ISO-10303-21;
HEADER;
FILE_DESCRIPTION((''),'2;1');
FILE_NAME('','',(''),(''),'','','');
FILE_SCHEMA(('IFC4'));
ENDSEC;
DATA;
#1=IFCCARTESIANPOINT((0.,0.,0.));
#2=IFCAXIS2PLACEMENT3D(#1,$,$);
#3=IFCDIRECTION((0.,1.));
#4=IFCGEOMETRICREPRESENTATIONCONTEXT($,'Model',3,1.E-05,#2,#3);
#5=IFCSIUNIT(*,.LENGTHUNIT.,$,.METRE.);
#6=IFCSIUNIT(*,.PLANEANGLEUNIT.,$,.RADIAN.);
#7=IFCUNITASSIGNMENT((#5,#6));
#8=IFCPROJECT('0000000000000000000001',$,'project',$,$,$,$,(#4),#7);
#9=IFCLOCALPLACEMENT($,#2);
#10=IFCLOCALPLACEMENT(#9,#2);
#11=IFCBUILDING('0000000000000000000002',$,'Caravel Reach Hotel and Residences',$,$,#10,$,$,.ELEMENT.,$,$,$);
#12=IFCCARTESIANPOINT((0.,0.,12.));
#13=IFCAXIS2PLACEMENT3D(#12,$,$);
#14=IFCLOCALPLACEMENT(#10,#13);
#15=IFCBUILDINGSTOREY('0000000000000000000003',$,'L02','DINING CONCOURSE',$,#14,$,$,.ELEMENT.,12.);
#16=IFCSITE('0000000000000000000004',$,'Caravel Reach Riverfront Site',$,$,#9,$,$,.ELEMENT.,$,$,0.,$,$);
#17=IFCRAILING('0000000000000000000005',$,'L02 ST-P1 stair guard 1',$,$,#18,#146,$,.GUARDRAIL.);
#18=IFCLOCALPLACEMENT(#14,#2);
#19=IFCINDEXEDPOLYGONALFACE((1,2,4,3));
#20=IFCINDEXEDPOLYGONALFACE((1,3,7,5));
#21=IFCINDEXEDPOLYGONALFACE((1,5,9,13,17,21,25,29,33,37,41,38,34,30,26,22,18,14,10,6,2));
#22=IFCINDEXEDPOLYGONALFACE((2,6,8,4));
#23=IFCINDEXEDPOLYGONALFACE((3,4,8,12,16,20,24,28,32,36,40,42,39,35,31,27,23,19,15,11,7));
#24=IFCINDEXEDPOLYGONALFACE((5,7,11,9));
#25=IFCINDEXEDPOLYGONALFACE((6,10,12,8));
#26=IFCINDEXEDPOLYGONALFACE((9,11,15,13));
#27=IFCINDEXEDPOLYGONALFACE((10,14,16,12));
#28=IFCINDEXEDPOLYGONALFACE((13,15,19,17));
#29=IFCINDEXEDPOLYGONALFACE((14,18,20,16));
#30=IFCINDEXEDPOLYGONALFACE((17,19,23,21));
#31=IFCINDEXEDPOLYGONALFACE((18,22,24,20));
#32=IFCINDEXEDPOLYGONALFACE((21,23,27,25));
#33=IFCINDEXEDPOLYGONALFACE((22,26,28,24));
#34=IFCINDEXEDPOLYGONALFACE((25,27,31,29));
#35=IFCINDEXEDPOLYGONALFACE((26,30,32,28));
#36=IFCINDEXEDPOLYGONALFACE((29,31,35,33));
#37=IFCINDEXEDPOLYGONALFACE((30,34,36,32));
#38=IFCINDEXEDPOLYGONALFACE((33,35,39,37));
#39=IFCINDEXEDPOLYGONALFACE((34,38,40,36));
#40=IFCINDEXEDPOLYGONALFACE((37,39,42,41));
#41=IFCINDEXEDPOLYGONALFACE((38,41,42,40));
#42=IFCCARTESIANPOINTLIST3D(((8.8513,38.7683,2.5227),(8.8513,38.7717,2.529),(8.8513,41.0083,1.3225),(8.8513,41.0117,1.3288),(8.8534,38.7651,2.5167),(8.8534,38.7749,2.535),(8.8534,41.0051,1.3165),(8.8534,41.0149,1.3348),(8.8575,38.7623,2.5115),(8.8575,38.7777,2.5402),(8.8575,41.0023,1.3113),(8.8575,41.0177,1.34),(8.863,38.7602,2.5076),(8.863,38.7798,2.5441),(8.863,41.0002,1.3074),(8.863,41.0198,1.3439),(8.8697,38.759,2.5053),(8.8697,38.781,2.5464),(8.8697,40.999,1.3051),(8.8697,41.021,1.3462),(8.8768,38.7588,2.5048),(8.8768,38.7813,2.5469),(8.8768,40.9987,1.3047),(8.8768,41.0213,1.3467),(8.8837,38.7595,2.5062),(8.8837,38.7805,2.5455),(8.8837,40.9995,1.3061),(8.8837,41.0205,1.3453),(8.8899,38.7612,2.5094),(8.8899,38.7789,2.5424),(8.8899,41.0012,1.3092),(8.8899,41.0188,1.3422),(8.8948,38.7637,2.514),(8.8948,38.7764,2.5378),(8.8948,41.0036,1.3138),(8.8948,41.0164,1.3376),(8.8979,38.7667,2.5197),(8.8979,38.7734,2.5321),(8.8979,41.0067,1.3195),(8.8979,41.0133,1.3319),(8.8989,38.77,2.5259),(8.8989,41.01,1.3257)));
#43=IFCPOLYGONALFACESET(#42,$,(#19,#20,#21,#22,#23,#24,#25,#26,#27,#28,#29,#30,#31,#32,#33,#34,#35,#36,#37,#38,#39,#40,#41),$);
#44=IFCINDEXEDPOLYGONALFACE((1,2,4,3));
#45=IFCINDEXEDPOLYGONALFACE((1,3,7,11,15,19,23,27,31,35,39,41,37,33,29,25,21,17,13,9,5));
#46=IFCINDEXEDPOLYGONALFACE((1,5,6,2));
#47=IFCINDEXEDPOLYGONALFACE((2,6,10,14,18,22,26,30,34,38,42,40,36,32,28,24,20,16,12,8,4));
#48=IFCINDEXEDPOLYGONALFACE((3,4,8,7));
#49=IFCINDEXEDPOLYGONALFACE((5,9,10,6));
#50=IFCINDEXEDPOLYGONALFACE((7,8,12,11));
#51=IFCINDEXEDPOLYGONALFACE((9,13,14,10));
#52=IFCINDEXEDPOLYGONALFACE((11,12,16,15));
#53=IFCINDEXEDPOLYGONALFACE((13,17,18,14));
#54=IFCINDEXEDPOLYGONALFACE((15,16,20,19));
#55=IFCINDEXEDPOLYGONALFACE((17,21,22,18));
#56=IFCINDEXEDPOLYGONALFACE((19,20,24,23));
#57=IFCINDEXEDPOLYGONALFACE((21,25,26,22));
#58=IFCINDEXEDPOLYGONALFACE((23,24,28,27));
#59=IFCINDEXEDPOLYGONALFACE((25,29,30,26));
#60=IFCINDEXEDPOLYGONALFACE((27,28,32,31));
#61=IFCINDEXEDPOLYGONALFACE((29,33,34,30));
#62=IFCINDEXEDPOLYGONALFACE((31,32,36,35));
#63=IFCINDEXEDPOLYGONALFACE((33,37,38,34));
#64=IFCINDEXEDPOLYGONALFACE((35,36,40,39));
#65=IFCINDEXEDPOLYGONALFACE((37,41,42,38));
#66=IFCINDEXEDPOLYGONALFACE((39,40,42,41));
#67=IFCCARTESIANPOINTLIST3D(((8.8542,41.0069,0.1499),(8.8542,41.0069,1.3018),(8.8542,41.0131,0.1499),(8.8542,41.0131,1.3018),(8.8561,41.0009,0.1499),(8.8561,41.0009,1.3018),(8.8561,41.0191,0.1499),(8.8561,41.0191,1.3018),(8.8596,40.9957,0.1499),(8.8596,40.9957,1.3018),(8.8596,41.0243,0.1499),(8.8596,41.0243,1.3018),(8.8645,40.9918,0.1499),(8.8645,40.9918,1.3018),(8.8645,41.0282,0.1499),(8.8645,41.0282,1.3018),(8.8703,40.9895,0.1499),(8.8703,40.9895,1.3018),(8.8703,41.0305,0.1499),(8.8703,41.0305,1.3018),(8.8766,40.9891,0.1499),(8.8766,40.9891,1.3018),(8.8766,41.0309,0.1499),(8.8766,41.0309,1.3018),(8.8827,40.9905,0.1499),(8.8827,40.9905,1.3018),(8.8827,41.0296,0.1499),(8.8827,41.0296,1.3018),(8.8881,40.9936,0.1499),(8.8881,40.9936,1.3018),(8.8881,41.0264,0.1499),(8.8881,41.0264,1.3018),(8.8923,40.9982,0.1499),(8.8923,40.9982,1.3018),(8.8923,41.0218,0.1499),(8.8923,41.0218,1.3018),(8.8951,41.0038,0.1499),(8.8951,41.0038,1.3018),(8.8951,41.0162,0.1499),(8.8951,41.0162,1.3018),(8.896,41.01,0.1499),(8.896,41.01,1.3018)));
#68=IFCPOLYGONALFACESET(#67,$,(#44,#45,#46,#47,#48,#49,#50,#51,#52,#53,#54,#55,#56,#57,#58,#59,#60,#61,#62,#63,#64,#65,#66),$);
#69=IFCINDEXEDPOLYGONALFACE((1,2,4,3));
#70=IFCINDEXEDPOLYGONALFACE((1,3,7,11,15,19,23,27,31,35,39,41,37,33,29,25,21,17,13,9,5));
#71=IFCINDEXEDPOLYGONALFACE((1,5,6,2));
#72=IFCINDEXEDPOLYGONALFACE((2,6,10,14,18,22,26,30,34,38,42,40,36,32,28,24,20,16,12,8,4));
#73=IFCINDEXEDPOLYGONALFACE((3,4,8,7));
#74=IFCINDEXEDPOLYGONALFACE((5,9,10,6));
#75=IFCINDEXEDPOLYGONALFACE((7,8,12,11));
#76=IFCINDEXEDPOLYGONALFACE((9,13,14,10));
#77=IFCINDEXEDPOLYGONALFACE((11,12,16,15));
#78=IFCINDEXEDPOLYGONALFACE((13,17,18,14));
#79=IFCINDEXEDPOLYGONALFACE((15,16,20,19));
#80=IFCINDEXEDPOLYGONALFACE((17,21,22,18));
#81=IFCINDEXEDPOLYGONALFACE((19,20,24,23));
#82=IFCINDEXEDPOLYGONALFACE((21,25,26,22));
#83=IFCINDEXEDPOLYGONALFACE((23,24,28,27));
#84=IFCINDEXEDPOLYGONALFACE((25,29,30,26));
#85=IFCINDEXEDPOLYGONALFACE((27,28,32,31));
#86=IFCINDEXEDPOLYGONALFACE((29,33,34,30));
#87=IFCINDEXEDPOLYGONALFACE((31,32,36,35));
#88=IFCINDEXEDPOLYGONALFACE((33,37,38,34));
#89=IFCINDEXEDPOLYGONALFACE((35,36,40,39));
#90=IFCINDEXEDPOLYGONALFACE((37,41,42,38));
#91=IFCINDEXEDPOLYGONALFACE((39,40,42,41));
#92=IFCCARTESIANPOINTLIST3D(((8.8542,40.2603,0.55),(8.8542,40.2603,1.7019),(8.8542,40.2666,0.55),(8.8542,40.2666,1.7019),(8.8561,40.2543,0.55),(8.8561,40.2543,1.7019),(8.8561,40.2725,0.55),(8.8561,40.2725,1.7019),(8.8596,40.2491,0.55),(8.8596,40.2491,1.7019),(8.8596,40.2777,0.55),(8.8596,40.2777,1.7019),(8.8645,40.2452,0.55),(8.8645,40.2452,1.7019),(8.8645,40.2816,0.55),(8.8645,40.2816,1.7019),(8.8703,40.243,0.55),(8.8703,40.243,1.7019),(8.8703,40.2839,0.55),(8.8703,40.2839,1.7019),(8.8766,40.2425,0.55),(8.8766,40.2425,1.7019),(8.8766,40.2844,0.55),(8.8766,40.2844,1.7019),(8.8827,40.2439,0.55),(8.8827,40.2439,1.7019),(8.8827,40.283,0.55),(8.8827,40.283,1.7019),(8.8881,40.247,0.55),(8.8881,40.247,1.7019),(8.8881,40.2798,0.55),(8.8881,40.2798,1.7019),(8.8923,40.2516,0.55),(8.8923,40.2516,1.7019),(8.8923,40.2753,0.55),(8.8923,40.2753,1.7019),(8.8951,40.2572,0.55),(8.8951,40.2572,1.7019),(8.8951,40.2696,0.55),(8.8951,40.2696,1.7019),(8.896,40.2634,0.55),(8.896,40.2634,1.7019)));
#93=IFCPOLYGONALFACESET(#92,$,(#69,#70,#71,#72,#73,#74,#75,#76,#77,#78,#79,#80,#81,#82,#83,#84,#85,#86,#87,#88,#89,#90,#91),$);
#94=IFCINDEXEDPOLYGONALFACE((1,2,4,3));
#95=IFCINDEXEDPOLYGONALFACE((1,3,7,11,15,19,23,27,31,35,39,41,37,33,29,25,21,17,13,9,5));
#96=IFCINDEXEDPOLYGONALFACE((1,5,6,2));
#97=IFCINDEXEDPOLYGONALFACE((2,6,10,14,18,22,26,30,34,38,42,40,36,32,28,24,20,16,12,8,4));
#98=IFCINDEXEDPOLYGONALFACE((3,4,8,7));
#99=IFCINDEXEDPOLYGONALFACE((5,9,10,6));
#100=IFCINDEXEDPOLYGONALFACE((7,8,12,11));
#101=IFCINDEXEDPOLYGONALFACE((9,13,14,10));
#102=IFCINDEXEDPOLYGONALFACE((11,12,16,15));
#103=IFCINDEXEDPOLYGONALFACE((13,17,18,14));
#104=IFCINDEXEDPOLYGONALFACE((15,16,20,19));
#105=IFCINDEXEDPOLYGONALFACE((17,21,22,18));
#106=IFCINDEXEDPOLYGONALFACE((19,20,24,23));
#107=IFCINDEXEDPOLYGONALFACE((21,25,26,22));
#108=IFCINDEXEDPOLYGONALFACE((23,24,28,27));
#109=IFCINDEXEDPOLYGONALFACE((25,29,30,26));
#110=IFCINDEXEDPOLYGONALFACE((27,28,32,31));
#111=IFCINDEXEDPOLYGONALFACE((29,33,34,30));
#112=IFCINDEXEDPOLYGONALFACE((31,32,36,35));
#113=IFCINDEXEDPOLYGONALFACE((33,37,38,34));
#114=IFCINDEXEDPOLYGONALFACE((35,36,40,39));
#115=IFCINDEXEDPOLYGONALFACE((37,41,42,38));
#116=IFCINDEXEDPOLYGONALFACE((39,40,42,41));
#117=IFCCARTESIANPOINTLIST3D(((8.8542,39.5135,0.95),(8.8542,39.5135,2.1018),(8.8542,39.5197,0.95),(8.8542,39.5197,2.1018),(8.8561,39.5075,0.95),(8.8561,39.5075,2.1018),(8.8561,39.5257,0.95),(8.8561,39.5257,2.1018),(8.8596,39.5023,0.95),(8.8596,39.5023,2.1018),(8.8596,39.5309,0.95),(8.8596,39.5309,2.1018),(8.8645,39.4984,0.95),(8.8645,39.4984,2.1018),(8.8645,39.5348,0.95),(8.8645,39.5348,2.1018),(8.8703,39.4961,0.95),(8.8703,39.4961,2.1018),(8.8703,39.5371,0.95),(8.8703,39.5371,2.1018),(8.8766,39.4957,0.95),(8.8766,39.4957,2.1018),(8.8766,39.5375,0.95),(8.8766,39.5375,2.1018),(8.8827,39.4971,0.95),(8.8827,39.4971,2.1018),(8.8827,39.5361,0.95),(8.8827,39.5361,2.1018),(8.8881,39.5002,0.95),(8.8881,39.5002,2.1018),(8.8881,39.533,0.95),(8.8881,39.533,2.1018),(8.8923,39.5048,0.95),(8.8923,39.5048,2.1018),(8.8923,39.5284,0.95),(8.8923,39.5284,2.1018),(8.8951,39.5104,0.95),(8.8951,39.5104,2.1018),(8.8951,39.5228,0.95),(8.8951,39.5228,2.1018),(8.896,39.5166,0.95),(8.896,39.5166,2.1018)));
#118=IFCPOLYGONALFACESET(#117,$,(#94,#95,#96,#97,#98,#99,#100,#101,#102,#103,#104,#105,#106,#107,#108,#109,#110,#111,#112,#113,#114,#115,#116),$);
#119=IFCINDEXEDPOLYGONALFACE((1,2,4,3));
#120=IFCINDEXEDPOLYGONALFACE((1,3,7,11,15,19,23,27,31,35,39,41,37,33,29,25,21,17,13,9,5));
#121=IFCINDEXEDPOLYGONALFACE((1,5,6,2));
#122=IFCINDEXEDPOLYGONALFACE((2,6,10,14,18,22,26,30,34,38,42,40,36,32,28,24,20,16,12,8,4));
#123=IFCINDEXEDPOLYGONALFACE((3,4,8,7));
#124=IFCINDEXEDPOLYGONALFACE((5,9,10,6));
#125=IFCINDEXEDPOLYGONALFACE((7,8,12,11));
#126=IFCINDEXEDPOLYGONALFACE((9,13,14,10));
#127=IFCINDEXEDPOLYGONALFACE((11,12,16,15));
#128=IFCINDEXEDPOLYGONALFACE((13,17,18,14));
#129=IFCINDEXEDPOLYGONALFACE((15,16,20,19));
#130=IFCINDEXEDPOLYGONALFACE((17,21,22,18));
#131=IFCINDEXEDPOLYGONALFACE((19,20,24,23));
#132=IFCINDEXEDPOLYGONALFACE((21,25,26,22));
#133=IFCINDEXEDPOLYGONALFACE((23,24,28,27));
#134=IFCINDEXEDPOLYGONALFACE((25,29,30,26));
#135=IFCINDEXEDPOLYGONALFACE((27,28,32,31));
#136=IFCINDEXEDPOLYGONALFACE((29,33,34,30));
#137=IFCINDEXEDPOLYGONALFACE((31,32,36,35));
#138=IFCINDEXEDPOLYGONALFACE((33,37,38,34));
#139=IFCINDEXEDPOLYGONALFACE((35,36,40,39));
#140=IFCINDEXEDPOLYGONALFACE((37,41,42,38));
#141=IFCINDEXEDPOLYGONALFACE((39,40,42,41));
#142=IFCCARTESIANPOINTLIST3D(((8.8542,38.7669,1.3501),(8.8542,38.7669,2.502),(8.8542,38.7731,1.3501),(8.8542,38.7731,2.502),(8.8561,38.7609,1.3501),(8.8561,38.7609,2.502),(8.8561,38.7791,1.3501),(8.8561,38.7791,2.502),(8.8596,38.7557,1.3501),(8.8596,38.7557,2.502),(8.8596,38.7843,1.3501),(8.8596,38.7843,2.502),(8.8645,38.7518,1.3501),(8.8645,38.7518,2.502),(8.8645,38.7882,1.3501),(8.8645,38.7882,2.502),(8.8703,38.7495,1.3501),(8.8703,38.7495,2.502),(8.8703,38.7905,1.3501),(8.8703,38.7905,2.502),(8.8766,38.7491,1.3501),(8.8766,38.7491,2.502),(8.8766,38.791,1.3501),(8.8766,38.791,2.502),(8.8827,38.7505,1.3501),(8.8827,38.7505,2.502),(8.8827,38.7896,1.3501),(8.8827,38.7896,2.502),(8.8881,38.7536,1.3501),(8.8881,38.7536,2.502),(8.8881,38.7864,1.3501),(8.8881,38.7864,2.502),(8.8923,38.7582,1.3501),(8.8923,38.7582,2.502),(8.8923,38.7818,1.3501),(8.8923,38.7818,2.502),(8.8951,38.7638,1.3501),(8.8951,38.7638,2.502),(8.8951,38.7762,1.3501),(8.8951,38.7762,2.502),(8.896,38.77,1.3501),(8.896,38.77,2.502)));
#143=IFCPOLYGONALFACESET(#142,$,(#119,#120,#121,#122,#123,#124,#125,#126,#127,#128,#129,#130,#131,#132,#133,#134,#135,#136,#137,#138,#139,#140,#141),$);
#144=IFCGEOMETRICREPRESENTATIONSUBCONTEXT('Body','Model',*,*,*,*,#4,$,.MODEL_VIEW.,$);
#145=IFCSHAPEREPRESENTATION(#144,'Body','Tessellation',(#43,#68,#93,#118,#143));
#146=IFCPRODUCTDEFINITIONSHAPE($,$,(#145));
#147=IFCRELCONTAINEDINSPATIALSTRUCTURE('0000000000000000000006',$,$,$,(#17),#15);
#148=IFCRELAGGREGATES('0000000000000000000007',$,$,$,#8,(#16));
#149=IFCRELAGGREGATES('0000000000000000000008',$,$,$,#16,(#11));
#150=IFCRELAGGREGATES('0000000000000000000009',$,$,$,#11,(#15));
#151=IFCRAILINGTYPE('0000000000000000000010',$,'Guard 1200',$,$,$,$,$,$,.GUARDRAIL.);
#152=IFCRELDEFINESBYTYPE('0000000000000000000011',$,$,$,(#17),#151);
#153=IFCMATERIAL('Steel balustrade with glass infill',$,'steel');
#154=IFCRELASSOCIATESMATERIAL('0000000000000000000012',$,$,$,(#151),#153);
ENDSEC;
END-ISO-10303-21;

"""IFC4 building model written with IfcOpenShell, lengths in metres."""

from ifc_helpers import new_model, si_unit, direction, frame, origin, origin_2d, place, context, subcontext, project, spatial, circle, extrude, material, type_object, element, save


model = new_model("IFC4")

# Units and contexts
model_context = context("Model", 3, precision=1e-05, world=origin(), true_north=direction((0.0, 1.0)))
body_context = subcontext(model_context, "Body", "Model", "MODEL_VIEW")
ifc_project = project(units=[si_unit("LENGTHUNIT", "METRE"), si_unit("PLANEANGLEUNIT", "RADIAN")], contexts=[model_context])

# Site, building, storey
site_placement = place(None, origin())
site = spatial("IfcSite", under=ifc_project, at=site_placement, Name="Caravel Reach Riverfront Site", CompositionType="ELEMENT", RefElevation=0.0)
building_placement = place(site_placement, origin())
building = spatial("IfcBuilding", under=site, at=building_placement, Name="Caravel Reach Hotel and Residences", CompositionType="ELEMENT")
storey_placement = place(building_placement, frame((0.0, 0.0, 12.0)))
storey = spatial("IfcBuildingStorey", under=building, at=storey_placement, Name="L02", Description="DINING CONCOURSE", CompositionType="ELEMENT", Elevation=12.0)

# Railing
ifc_material_1 = material(Name="Steel balustrade with glass infill", Category="steel")
railing_type_1 = type_object("IfcRailingType", Name="Guard 1200", PredefinedType="GUARDRAIL", material=ifc_material_1)
railing_1_placement = place(storey_placement, frame((8.875, 41.01, 0.1499)))
element("IfcRailing", 1, at=railing_1_placement, inside=storey, type_object=railing_type_1, Name="L02 ST-P1 stair guard 1", PredefinedType="GUARDRAIL", context=body_context, shape_type="SweptSolid", body=[
    extrude(circle(Radius=0.0239, at=origin_2d()), frame((0.0, 0.0, 1.1758), z_axis=(0.0, -0.881447, 0.472283), x_axis=(1.0, 0.0, 0.0)), (0.0, 0.0, 1.0), 2.5413),
    extrude(circle(Radius=0.021, at=origin_2d()), origin(), (0.0, 0.0, 1.0), 1.1519),
    extrude(circle(Radius=0.021, at=origin_2d()), frame((0.0, -0.7466, 0.4001)), (0.0, 0.0, 1.0), 1.1519),
    extrude(circle(Radius=0.021, at=origin_2d()), frame((0.0, -1.4934, 0.8)), (0.0, 0.0, 1.0), 1.1519),
    extrude(circle(Radius=0.021, at=origin_2d()), frame((0.0, -2.24, 1.2002)), (0.0, 0.0, 1.0), 1.1519),
])

save(model, "model.ifc")
